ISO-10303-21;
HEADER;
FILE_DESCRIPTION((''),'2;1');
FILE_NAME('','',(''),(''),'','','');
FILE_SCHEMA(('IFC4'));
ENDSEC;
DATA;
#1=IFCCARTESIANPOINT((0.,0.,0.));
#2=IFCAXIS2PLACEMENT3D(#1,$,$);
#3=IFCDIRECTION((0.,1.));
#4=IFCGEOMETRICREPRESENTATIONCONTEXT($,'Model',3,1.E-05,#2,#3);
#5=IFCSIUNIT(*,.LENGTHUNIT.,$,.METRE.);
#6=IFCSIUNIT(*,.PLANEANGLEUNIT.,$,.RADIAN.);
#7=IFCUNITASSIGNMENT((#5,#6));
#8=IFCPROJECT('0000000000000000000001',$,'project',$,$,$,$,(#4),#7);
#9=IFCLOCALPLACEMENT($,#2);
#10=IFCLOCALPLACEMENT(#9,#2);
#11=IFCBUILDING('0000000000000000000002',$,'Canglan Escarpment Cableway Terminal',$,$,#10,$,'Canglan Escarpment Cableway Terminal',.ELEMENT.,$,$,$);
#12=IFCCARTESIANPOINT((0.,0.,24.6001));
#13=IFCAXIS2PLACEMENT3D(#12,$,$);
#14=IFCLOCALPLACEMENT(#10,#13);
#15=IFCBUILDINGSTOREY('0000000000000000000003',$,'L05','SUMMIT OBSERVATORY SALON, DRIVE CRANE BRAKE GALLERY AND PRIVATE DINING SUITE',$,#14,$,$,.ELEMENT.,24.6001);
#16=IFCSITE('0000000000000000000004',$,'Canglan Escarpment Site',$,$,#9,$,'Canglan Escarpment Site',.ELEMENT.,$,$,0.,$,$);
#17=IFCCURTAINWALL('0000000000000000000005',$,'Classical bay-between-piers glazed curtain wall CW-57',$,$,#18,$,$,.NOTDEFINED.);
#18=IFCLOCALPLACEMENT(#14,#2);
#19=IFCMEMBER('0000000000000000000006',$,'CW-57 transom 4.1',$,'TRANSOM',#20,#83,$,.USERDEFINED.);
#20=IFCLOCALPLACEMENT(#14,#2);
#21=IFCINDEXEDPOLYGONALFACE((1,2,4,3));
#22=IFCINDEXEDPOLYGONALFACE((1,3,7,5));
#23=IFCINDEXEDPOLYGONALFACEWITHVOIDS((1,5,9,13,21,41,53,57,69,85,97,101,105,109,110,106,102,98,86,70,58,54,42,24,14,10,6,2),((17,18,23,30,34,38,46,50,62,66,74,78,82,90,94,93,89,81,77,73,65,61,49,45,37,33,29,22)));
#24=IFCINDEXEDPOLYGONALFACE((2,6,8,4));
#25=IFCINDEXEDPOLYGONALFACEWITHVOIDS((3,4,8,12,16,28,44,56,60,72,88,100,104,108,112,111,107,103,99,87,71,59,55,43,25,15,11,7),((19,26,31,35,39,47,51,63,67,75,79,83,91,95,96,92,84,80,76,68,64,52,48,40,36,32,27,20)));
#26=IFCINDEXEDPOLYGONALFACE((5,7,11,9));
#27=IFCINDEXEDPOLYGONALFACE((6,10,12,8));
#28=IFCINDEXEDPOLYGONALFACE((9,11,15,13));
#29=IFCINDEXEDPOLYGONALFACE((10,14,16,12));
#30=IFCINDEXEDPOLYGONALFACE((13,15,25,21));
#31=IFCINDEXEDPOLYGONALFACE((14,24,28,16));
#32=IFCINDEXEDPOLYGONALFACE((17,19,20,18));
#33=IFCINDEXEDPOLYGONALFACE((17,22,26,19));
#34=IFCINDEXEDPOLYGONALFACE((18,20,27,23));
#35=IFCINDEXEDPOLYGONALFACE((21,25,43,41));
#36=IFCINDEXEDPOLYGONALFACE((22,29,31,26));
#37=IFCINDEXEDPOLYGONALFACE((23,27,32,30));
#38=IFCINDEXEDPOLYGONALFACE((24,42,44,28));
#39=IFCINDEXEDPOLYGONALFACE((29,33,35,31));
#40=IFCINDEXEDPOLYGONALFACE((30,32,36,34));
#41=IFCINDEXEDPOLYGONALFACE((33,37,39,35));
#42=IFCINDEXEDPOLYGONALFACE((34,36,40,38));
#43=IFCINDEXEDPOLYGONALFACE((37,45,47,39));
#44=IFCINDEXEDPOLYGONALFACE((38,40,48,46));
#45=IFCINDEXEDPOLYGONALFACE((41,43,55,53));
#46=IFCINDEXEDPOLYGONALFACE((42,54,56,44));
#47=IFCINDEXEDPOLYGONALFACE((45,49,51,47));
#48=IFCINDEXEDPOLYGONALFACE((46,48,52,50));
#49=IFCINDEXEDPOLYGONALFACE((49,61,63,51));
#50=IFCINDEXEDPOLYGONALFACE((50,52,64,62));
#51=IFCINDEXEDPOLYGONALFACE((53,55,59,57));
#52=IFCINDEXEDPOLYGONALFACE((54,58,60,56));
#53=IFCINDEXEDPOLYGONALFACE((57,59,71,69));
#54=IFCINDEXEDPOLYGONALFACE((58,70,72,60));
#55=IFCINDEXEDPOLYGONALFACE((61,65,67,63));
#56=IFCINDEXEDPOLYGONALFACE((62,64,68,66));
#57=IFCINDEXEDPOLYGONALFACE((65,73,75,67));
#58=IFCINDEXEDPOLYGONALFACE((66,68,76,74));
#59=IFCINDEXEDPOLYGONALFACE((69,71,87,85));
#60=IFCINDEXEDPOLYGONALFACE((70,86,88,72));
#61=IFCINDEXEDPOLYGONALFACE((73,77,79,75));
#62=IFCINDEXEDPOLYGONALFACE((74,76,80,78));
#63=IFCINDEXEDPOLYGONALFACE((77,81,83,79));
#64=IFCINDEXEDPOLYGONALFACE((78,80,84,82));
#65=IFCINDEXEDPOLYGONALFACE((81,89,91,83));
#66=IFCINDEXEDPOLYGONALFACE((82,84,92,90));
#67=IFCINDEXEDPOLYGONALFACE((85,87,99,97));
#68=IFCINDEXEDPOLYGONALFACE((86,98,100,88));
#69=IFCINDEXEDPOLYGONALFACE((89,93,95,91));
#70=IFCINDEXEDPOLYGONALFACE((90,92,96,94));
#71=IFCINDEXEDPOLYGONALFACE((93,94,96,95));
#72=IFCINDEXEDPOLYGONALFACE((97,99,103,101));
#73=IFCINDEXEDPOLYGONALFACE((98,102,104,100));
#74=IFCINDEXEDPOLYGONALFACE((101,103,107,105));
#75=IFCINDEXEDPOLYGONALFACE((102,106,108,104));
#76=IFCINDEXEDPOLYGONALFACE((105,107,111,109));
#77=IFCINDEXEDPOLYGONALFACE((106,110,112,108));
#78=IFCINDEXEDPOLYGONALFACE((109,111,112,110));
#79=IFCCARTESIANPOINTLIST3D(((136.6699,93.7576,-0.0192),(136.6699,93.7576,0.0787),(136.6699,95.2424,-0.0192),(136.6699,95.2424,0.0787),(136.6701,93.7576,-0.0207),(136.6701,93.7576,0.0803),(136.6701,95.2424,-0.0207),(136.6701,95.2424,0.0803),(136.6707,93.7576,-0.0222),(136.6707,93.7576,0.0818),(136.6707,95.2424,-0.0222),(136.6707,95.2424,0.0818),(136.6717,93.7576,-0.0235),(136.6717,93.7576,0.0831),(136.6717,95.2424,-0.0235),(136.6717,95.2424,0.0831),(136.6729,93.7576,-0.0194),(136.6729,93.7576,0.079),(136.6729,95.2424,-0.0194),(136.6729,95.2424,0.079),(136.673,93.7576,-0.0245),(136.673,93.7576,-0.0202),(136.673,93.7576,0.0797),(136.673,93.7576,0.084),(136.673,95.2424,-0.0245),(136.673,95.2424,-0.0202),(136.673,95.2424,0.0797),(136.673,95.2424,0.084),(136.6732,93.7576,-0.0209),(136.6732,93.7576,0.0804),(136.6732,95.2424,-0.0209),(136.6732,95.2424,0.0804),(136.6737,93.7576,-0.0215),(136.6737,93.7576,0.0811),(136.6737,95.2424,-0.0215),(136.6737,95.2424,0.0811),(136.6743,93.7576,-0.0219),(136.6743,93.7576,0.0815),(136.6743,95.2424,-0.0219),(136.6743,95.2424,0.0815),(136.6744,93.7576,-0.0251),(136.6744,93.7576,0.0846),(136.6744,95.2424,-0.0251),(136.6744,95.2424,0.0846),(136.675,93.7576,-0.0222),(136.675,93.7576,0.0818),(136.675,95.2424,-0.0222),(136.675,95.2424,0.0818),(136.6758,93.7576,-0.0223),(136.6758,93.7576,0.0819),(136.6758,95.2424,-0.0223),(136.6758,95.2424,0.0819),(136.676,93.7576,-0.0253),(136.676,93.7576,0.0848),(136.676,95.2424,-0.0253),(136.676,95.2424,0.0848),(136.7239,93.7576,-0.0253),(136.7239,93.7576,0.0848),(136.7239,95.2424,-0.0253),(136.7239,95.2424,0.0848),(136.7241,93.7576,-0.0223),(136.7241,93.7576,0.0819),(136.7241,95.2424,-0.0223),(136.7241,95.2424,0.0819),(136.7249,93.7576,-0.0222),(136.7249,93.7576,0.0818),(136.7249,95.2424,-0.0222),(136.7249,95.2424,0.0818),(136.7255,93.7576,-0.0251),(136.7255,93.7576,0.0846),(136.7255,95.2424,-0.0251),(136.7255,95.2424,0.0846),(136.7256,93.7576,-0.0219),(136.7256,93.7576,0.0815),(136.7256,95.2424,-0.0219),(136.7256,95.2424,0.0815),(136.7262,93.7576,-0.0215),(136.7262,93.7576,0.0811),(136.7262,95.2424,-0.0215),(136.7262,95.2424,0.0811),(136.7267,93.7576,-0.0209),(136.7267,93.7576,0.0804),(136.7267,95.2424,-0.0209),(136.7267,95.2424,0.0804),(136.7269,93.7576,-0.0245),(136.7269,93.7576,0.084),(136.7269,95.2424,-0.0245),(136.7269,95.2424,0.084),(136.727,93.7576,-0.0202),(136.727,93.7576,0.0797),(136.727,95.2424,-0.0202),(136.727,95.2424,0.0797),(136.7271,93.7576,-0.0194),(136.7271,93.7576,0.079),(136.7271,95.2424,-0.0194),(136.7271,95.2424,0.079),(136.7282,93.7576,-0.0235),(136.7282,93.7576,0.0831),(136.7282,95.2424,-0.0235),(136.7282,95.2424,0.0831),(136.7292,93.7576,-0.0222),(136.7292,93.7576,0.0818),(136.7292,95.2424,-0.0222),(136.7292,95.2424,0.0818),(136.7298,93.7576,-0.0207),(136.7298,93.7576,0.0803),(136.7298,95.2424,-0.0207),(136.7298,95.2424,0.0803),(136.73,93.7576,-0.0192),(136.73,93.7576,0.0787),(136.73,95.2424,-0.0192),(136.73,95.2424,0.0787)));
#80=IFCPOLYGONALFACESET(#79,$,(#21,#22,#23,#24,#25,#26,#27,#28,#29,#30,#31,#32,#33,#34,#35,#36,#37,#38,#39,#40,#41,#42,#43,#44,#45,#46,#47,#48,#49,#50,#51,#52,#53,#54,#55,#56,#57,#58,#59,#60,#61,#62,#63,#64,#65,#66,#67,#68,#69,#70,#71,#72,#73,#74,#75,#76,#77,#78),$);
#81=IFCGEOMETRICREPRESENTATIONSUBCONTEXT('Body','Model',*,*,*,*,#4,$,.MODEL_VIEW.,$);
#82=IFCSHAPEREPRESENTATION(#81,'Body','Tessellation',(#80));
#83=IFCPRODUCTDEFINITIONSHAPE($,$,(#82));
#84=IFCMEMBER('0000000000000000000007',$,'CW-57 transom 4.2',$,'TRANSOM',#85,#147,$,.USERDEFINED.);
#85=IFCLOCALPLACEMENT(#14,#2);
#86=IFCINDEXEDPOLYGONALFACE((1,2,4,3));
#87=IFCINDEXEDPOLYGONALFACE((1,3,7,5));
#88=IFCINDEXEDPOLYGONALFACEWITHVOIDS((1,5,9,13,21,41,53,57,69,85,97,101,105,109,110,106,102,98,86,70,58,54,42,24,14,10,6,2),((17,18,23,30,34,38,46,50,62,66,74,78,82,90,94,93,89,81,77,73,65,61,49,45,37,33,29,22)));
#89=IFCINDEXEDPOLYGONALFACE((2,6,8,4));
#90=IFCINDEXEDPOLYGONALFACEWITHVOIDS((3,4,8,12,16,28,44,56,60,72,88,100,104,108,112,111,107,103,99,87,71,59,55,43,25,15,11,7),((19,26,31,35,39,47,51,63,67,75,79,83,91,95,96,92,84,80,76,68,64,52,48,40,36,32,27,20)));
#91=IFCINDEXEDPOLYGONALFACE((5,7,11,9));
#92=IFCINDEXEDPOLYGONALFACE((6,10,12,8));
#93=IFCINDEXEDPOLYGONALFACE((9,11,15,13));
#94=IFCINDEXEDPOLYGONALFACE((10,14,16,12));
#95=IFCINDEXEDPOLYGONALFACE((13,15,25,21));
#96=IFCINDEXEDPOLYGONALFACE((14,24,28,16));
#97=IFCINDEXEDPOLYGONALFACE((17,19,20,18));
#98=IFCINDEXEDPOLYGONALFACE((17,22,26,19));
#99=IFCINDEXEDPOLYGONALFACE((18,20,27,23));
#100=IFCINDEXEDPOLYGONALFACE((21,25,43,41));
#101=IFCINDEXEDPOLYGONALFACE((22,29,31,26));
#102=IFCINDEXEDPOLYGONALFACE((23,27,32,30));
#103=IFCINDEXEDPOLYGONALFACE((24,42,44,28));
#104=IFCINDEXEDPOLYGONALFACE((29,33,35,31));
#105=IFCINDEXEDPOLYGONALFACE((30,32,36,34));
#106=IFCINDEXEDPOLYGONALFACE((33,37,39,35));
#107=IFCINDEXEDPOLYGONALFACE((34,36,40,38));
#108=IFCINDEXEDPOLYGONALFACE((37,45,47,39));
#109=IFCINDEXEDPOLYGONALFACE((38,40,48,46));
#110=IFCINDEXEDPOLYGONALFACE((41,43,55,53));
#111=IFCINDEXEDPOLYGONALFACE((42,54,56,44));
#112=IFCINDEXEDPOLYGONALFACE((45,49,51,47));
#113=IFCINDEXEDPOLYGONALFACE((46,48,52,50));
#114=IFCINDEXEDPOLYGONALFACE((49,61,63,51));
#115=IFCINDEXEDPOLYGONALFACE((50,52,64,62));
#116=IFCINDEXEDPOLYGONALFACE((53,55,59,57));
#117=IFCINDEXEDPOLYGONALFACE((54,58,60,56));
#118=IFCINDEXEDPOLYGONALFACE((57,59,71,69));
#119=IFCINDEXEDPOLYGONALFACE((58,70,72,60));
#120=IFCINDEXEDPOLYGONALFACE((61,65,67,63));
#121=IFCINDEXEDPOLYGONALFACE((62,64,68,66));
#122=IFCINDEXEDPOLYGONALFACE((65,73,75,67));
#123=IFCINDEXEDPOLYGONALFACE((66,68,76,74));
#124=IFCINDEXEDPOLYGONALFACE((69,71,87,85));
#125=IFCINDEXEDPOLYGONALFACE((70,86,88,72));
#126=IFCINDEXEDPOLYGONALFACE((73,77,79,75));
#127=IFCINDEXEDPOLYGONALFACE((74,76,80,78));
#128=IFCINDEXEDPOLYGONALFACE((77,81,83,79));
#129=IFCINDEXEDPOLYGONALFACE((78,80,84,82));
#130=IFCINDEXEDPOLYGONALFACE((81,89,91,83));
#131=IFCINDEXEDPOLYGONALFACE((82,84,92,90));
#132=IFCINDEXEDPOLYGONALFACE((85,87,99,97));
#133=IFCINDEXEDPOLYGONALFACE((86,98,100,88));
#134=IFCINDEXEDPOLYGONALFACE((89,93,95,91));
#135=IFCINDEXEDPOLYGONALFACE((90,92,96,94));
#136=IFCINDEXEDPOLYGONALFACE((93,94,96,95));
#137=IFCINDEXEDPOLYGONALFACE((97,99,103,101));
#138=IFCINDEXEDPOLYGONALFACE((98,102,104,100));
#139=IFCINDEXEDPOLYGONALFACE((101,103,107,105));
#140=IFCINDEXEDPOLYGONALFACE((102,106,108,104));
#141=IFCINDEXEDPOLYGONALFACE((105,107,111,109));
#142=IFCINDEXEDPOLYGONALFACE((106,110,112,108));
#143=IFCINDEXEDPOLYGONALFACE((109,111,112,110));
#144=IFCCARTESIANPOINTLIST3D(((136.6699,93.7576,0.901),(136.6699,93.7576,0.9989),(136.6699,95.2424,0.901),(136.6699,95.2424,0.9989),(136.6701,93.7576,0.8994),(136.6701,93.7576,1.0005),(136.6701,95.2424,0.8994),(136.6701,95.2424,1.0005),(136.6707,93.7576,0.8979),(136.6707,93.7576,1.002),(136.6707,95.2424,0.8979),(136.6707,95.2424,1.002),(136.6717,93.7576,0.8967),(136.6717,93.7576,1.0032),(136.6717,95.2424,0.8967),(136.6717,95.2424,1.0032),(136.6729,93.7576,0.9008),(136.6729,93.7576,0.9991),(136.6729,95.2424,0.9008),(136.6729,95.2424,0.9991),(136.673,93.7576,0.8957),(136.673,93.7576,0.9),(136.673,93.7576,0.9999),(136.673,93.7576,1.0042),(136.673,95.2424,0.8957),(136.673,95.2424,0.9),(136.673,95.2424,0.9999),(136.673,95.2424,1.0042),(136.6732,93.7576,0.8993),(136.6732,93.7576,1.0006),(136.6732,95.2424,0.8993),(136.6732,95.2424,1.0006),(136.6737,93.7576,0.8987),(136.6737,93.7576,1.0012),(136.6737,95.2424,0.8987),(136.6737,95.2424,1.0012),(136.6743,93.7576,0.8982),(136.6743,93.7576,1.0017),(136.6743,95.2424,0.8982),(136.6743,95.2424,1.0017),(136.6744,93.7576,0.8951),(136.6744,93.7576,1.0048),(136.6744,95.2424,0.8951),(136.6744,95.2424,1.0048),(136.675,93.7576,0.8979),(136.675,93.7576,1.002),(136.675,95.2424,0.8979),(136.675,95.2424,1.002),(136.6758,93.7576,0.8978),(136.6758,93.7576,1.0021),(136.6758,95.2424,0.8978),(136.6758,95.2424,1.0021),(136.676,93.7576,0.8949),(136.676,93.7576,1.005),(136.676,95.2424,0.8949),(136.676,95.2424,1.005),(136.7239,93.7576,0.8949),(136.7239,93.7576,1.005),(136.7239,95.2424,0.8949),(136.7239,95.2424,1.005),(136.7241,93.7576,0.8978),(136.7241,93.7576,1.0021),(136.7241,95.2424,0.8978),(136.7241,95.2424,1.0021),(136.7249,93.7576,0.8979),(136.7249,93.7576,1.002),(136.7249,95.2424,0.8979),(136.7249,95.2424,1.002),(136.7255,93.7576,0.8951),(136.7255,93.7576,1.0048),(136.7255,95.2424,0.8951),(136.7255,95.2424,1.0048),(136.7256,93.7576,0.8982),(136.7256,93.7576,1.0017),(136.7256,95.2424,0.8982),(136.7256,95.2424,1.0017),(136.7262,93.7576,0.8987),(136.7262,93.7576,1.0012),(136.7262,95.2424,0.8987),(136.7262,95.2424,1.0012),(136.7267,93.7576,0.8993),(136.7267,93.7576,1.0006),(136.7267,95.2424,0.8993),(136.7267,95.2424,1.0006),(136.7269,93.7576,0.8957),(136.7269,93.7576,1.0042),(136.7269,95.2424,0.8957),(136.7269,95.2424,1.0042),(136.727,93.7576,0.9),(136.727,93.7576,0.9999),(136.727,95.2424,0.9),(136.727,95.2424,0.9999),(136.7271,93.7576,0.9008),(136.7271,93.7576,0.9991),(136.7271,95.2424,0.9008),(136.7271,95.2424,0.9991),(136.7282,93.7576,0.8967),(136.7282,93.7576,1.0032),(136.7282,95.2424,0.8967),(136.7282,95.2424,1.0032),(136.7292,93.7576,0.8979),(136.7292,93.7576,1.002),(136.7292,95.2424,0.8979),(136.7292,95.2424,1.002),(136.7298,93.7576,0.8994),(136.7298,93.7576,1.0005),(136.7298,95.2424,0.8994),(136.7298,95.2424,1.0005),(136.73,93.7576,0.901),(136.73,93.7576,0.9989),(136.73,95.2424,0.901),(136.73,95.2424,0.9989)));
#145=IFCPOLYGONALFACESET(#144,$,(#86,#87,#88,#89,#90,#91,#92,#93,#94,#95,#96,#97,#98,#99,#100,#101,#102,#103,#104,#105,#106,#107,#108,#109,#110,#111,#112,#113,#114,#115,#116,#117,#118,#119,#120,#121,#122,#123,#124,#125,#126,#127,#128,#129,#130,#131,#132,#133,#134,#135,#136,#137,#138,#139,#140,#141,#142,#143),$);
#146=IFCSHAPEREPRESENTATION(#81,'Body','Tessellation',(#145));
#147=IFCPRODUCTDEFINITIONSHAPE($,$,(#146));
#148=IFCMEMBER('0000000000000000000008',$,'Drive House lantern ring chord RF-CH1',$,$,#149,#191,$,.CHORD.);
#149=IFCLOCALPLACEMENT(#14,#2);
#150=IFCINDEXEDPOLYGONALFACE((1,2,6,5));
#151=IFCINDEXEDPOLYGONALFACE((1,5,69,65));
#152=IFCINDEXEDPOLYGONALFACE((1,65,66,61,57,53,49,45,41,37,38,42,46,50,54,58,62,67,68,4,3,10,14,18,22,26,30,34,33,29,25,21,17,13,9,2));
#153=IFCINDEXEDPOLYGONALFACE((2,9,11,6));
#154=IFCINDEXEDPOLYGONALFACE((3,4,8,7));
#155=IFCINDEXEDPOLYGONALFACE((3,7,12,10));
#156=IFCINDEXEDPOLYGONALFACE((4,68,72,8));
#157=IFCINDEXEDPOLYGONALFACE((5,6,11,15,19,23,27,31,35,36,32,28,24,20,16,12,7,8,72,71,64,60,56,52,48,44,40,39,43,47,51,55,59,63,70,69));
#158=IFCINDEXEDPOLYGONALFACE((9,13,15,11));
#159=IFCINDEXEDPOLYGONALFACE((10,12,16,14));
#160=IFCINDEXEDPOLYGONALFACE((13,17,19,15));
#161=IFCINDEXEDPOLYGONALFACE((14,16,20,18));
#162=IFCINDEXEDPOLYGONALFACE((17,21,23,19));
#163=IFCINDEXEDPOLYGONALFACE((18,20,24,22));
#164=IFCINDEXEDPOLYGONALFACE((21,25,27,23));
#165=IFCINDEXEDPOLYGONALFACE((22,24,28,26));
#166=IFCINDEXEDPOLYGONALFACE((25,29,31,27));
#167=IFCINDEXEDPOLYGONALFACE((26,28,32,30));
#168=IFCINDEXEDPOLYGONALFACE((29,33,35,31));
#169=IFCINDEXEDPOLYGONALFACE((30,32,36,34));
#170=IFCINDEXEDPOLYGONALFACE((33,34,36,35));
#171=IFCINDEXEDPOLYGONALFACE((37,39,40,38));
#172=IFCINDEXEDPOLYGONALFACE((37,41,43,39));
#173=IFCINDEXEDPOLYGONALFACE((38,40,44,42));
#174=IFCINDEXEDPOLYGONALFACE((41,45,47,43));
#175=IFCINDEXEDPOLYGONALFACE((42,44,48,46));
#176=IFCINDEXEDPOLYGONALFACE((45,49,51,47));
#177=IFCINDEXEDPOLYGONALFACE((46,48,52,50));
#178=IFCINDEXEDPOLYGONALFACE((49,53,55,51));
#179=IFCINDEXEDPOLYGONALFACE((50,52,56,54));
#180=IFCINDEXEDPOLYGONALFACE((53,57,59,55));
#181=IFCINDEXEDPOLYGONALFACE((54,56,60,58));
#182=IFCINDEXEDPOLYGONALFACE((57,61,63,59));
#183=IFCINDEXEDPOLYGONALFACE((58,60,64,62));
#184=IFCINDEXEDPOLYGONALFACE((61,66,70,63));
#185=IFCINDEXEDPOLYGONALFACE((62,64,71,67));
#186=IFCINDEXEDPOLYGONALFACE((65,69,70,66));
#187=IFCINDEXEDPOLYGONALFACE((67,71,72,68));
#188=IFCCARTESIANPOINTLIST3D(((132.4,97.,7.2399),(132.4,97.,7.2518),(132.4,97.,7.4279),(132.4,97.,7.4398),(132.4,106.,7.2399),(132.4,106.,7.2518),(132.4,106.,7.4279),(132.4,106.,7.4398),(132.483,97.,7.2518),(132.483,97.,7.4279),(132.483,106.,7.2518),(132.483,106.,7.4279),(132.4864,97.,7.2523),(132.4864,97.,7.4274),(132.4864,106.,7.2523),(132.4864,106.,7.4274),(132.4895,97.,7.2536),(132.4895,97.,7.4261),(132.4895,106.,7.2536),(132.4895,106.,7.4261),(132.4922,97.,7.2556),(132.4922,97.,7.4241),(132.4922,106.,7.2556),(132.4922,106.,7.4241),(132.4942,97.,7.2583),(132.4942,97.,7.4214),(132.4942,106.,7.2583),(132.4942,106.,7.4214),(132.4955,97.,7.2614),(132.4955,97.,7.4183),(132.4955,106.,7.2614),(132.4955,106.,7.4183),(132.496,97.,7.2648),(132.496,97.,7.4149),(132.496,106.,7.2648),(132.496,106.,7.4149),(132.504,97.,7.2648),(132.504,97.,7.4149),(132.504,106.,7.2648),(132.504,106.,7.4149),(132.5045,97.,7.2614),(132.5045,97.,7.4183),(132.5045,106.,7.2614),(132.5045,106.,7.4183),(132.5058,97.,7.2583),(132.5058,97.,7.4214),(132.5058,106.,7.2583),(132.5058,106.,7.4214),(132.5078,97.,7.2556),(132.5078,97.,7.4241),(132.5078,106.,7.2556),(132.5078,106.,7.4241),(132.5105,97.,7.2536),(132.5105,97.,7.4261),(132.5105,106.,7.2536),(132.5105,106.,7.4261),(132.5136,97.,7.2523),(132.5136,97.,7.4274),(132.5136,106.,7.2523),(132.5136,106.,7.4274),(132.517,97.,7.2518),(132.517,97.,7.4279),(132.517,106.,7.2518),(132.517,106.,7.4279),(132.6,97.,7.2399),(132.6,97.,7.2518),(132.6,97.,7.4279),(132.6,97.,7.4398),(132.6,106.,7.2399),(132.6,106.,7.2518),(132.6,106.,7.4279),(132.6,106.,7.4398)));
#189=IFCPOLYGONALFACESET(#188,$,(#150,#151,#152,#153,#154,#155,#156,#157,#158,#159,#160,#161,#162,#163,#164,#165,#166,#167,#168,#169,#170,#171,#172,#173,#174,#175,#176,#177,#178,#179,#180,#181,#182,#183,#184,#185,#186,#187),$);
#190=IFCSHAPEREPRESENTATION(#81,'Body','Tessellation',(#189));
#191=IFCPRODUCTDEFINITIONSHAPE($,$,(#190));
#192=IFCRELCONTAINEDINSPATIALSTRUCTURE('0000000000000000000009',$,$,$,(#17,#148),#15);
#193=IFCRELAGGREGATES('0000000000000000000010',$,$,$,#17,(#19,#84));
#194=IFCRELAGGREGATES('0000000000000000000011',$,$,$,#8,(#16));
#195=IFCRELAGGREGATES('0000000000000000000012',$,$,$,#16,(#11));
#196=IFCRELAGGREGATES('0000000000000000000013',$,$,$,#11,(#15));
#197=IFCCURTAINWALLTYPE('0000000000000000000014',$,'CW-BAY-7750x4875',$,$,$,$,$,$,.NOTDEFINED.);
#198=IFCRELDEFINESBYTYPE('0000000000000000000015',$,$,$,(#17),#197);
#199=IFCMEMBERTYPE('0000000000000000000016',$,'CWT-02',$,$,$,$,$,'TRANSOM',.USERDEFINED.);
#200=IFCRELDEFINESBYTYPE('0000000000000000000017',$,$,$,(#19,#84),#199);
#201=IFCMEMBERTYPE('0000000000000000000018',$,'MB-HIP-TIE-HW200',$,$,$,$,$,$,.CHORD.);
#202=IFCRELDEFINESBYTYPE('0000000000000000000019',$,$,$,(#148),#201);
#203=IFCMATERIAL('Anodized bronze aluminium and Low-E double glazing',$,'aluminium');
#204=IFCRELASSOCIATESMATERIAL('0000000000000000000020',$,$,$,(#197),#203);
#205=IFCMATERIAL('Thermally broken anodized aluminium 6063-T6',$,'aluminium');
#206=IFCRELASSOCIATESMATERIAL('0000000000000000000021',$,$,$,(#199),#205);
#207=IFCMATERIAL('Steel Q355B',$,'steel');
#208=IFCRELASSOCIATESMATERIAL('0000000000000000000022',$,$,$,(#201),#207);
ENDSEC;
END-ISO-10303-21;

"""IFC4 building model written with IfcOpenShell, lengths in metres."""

from ifc_helpers import new_model, si_unit, direction, frame, origin, origin_2d, place, context, subcontext, project, spatial, hollow_rectangle, i_section, extrude, material, material_profile, profile_set, type_object, element, aggregate, save


model = new_model("IFC4")

# Units and contexts
model_context = context("Model", 3, precision=1e-05, world=origin(), true_north=direction((0.0, 1.0)))
body_context = subcontext(model_context, "Body", "Model", "MODEL_VIEW")
ifc_project = project(units=[si_unit("LENGTHUNIT", "METRE"), si_unit("PLANEANGLEUNIT", "RADIAN")], contexts=[model_context])

# Site, building, storey
site_placement = place(None, origin())
site = spatial("IfcSite", under=ifc_project, at=site_placement, Name="Canglan Escarpment Site", LongName="Canglan Escarpment Site", CompositionType="ELEMENT", RefElevation=0.0)
building_placement = place(site_placement, origin())
building = spatial("IfcBuilding", under=site, at=building_placement, Name="Canglan Escarpment Cableway Terminal", LongName="Canglan Escarpment Cableway Terminal", CompositionType="ELEMENT")
storey_placement = place(building_placement, frame((0.0, 0.0, 24.6001)))
storey = spatial("IfcBuildingStorey", under=building, at=storey_placement, Name="L05", Description="SUMMIT OBSERVATORY SALON, DRIVE CRANE BRAKE GALLERY AND PRIVATE DINING SUITE", CompositionType="ELEMENT", Elevation=24.6001)

# Shared definitions
ifc_material_1 = material(Name="Steel Q355B", Category="steel")

# Curtain wall, members
ifc_material_2 = material(Name="Anodized bronze aluminium and Low-E double glazing", Category="aluminium")
curtain_wall_type = type_object("IfcCurtainWallType", Name="CW-BAY-7750x4875", PredefinedType="NOTDEFINED", material=ifc_material_2)
curtain_wall_placement = place(storey_placement, origin())
curtain_wall = element("IfcCurtainWall", 1, at=curtain_wall_placement, inside=storey, type_object=curtain_wall_type, Name="Classical bay-between-piers glazed curtain wall CW-57", PredefinedType="NOTDEFINED")
ifc_material_3 = material(Name="Thermally broken anodized aluminium 6063-T6", Category="aluminium")
ifc_material_profile_1 = material_profile(ifc_material_3, hollow_rectangle(XDim=0.0601, YDim=0.1101, WallThickness=0.0029, InnerFilletRadius=0.0029, OuterFilletRadius=0.0061, at=origin_2d()), Name="ALU-TRAN 60x110x3")
ifc_profile_set_1 = profile_set([ifc_material_profile_1], Name="Thermally broken anodized aluminium 6063-T6")
member_type_1 = type_object("IfcMemberType", Name="CWT-02", ElementType="TRANSOM", PredefinedType="USERDEFINED", material=ifc_profile_set_1)
member_1_placement = place(storey_placement, frame((136.7, 93.7576, 0.0298), z_axis=(0.0, 1.0, 0.0), x_axis=(-1.0, 0.0, 0.0)))
member_1 = element("IfcMember", 2, at=member_1_placement, type_object=member_type_1, Name="CW-57 transom 4.1", ObjectType="TRANSOM", PredefinedType="USERDEFINED", context=body_context, shape_type="SweptSolid", body=[
    extrude(hollow_rectangle(XDim=0.0601, YDim=0.1101, WallThickness=0.0029, InnerFilletRadius=0.0029, OuterFilletRadius=0.0061, at=origin_2d()), origin(), (0.0, 0.0, 1.0), 1.4849),
])
member_2_placement = place(storey_placement, frame((136.7, 93.7576, 0.95), z_axis=(0.0, 1.0, 0.0), x_axis=(-1.0, 0.0, 0.0)))
member_2 = element("IfcMember", 3, at=member_2_placement, type_object=member_type_1, Name="CW-57 transom 4.2", ObjectType="TRANSOM", PredefinedType="USERDEFINED", context=body_context, shape_type="SweptSolid", body=[
    extrude(hollow_rectangle(XDim=0.0601, YDim=0.1101, WallThickness=0.0029, InnerFilletRadius=0.0029, OuterFilletRadius=0.0061, at=origin_2d()), origin(), (0.0, 0.0, 1.0), 1.4849),
])
aggregate(curtain_wall, [member_1, member_2])

# Member
ifc_material_profile_2 = material_profile(ifc_material_1, i_section(OverallWidth=0.2, OverallDepth=0.2, WebThickness=0.0081, FlangeThickness=0.012, FilletRadius=0.0129, at=origin_2d()), Name="HW 200x200x8x12")
ifc_profile_set_2 = profile_set([ifc_material_profile_2], Name="Steel Q355B")
member_type_2 = type_object("IfcMemberType", Name="MB-HIP-TIE-HW200", PredefinedType="CHORD", material=ifc_profile_set_2)
member_3_placement = place(storey_placement, frame((132.5, 97.0, 7.3398), z_axis=(0.0, 1.0, 0.0), x_axis=(-1.0, 0.0, 0.0)))
element("IfcMember", 4, at=member_3_placement, inside=storey, type_object=member_type_2, Name="Drive House lantern ring chord RF-CH1", PredefinedType="CHORD", context=body_context, shape_type="SweptSolid", body=[
    extrude(i_section(OverallWidth=0.2, OverallDepth=0.2, WebThickness=0.0081, FlangeThickness=0.012, FilletRadius=0.0129, at=origin_2d()), origin(), (0.0, 0.0, 1.0), 9.0),
])

save(model, "model.ifc")
